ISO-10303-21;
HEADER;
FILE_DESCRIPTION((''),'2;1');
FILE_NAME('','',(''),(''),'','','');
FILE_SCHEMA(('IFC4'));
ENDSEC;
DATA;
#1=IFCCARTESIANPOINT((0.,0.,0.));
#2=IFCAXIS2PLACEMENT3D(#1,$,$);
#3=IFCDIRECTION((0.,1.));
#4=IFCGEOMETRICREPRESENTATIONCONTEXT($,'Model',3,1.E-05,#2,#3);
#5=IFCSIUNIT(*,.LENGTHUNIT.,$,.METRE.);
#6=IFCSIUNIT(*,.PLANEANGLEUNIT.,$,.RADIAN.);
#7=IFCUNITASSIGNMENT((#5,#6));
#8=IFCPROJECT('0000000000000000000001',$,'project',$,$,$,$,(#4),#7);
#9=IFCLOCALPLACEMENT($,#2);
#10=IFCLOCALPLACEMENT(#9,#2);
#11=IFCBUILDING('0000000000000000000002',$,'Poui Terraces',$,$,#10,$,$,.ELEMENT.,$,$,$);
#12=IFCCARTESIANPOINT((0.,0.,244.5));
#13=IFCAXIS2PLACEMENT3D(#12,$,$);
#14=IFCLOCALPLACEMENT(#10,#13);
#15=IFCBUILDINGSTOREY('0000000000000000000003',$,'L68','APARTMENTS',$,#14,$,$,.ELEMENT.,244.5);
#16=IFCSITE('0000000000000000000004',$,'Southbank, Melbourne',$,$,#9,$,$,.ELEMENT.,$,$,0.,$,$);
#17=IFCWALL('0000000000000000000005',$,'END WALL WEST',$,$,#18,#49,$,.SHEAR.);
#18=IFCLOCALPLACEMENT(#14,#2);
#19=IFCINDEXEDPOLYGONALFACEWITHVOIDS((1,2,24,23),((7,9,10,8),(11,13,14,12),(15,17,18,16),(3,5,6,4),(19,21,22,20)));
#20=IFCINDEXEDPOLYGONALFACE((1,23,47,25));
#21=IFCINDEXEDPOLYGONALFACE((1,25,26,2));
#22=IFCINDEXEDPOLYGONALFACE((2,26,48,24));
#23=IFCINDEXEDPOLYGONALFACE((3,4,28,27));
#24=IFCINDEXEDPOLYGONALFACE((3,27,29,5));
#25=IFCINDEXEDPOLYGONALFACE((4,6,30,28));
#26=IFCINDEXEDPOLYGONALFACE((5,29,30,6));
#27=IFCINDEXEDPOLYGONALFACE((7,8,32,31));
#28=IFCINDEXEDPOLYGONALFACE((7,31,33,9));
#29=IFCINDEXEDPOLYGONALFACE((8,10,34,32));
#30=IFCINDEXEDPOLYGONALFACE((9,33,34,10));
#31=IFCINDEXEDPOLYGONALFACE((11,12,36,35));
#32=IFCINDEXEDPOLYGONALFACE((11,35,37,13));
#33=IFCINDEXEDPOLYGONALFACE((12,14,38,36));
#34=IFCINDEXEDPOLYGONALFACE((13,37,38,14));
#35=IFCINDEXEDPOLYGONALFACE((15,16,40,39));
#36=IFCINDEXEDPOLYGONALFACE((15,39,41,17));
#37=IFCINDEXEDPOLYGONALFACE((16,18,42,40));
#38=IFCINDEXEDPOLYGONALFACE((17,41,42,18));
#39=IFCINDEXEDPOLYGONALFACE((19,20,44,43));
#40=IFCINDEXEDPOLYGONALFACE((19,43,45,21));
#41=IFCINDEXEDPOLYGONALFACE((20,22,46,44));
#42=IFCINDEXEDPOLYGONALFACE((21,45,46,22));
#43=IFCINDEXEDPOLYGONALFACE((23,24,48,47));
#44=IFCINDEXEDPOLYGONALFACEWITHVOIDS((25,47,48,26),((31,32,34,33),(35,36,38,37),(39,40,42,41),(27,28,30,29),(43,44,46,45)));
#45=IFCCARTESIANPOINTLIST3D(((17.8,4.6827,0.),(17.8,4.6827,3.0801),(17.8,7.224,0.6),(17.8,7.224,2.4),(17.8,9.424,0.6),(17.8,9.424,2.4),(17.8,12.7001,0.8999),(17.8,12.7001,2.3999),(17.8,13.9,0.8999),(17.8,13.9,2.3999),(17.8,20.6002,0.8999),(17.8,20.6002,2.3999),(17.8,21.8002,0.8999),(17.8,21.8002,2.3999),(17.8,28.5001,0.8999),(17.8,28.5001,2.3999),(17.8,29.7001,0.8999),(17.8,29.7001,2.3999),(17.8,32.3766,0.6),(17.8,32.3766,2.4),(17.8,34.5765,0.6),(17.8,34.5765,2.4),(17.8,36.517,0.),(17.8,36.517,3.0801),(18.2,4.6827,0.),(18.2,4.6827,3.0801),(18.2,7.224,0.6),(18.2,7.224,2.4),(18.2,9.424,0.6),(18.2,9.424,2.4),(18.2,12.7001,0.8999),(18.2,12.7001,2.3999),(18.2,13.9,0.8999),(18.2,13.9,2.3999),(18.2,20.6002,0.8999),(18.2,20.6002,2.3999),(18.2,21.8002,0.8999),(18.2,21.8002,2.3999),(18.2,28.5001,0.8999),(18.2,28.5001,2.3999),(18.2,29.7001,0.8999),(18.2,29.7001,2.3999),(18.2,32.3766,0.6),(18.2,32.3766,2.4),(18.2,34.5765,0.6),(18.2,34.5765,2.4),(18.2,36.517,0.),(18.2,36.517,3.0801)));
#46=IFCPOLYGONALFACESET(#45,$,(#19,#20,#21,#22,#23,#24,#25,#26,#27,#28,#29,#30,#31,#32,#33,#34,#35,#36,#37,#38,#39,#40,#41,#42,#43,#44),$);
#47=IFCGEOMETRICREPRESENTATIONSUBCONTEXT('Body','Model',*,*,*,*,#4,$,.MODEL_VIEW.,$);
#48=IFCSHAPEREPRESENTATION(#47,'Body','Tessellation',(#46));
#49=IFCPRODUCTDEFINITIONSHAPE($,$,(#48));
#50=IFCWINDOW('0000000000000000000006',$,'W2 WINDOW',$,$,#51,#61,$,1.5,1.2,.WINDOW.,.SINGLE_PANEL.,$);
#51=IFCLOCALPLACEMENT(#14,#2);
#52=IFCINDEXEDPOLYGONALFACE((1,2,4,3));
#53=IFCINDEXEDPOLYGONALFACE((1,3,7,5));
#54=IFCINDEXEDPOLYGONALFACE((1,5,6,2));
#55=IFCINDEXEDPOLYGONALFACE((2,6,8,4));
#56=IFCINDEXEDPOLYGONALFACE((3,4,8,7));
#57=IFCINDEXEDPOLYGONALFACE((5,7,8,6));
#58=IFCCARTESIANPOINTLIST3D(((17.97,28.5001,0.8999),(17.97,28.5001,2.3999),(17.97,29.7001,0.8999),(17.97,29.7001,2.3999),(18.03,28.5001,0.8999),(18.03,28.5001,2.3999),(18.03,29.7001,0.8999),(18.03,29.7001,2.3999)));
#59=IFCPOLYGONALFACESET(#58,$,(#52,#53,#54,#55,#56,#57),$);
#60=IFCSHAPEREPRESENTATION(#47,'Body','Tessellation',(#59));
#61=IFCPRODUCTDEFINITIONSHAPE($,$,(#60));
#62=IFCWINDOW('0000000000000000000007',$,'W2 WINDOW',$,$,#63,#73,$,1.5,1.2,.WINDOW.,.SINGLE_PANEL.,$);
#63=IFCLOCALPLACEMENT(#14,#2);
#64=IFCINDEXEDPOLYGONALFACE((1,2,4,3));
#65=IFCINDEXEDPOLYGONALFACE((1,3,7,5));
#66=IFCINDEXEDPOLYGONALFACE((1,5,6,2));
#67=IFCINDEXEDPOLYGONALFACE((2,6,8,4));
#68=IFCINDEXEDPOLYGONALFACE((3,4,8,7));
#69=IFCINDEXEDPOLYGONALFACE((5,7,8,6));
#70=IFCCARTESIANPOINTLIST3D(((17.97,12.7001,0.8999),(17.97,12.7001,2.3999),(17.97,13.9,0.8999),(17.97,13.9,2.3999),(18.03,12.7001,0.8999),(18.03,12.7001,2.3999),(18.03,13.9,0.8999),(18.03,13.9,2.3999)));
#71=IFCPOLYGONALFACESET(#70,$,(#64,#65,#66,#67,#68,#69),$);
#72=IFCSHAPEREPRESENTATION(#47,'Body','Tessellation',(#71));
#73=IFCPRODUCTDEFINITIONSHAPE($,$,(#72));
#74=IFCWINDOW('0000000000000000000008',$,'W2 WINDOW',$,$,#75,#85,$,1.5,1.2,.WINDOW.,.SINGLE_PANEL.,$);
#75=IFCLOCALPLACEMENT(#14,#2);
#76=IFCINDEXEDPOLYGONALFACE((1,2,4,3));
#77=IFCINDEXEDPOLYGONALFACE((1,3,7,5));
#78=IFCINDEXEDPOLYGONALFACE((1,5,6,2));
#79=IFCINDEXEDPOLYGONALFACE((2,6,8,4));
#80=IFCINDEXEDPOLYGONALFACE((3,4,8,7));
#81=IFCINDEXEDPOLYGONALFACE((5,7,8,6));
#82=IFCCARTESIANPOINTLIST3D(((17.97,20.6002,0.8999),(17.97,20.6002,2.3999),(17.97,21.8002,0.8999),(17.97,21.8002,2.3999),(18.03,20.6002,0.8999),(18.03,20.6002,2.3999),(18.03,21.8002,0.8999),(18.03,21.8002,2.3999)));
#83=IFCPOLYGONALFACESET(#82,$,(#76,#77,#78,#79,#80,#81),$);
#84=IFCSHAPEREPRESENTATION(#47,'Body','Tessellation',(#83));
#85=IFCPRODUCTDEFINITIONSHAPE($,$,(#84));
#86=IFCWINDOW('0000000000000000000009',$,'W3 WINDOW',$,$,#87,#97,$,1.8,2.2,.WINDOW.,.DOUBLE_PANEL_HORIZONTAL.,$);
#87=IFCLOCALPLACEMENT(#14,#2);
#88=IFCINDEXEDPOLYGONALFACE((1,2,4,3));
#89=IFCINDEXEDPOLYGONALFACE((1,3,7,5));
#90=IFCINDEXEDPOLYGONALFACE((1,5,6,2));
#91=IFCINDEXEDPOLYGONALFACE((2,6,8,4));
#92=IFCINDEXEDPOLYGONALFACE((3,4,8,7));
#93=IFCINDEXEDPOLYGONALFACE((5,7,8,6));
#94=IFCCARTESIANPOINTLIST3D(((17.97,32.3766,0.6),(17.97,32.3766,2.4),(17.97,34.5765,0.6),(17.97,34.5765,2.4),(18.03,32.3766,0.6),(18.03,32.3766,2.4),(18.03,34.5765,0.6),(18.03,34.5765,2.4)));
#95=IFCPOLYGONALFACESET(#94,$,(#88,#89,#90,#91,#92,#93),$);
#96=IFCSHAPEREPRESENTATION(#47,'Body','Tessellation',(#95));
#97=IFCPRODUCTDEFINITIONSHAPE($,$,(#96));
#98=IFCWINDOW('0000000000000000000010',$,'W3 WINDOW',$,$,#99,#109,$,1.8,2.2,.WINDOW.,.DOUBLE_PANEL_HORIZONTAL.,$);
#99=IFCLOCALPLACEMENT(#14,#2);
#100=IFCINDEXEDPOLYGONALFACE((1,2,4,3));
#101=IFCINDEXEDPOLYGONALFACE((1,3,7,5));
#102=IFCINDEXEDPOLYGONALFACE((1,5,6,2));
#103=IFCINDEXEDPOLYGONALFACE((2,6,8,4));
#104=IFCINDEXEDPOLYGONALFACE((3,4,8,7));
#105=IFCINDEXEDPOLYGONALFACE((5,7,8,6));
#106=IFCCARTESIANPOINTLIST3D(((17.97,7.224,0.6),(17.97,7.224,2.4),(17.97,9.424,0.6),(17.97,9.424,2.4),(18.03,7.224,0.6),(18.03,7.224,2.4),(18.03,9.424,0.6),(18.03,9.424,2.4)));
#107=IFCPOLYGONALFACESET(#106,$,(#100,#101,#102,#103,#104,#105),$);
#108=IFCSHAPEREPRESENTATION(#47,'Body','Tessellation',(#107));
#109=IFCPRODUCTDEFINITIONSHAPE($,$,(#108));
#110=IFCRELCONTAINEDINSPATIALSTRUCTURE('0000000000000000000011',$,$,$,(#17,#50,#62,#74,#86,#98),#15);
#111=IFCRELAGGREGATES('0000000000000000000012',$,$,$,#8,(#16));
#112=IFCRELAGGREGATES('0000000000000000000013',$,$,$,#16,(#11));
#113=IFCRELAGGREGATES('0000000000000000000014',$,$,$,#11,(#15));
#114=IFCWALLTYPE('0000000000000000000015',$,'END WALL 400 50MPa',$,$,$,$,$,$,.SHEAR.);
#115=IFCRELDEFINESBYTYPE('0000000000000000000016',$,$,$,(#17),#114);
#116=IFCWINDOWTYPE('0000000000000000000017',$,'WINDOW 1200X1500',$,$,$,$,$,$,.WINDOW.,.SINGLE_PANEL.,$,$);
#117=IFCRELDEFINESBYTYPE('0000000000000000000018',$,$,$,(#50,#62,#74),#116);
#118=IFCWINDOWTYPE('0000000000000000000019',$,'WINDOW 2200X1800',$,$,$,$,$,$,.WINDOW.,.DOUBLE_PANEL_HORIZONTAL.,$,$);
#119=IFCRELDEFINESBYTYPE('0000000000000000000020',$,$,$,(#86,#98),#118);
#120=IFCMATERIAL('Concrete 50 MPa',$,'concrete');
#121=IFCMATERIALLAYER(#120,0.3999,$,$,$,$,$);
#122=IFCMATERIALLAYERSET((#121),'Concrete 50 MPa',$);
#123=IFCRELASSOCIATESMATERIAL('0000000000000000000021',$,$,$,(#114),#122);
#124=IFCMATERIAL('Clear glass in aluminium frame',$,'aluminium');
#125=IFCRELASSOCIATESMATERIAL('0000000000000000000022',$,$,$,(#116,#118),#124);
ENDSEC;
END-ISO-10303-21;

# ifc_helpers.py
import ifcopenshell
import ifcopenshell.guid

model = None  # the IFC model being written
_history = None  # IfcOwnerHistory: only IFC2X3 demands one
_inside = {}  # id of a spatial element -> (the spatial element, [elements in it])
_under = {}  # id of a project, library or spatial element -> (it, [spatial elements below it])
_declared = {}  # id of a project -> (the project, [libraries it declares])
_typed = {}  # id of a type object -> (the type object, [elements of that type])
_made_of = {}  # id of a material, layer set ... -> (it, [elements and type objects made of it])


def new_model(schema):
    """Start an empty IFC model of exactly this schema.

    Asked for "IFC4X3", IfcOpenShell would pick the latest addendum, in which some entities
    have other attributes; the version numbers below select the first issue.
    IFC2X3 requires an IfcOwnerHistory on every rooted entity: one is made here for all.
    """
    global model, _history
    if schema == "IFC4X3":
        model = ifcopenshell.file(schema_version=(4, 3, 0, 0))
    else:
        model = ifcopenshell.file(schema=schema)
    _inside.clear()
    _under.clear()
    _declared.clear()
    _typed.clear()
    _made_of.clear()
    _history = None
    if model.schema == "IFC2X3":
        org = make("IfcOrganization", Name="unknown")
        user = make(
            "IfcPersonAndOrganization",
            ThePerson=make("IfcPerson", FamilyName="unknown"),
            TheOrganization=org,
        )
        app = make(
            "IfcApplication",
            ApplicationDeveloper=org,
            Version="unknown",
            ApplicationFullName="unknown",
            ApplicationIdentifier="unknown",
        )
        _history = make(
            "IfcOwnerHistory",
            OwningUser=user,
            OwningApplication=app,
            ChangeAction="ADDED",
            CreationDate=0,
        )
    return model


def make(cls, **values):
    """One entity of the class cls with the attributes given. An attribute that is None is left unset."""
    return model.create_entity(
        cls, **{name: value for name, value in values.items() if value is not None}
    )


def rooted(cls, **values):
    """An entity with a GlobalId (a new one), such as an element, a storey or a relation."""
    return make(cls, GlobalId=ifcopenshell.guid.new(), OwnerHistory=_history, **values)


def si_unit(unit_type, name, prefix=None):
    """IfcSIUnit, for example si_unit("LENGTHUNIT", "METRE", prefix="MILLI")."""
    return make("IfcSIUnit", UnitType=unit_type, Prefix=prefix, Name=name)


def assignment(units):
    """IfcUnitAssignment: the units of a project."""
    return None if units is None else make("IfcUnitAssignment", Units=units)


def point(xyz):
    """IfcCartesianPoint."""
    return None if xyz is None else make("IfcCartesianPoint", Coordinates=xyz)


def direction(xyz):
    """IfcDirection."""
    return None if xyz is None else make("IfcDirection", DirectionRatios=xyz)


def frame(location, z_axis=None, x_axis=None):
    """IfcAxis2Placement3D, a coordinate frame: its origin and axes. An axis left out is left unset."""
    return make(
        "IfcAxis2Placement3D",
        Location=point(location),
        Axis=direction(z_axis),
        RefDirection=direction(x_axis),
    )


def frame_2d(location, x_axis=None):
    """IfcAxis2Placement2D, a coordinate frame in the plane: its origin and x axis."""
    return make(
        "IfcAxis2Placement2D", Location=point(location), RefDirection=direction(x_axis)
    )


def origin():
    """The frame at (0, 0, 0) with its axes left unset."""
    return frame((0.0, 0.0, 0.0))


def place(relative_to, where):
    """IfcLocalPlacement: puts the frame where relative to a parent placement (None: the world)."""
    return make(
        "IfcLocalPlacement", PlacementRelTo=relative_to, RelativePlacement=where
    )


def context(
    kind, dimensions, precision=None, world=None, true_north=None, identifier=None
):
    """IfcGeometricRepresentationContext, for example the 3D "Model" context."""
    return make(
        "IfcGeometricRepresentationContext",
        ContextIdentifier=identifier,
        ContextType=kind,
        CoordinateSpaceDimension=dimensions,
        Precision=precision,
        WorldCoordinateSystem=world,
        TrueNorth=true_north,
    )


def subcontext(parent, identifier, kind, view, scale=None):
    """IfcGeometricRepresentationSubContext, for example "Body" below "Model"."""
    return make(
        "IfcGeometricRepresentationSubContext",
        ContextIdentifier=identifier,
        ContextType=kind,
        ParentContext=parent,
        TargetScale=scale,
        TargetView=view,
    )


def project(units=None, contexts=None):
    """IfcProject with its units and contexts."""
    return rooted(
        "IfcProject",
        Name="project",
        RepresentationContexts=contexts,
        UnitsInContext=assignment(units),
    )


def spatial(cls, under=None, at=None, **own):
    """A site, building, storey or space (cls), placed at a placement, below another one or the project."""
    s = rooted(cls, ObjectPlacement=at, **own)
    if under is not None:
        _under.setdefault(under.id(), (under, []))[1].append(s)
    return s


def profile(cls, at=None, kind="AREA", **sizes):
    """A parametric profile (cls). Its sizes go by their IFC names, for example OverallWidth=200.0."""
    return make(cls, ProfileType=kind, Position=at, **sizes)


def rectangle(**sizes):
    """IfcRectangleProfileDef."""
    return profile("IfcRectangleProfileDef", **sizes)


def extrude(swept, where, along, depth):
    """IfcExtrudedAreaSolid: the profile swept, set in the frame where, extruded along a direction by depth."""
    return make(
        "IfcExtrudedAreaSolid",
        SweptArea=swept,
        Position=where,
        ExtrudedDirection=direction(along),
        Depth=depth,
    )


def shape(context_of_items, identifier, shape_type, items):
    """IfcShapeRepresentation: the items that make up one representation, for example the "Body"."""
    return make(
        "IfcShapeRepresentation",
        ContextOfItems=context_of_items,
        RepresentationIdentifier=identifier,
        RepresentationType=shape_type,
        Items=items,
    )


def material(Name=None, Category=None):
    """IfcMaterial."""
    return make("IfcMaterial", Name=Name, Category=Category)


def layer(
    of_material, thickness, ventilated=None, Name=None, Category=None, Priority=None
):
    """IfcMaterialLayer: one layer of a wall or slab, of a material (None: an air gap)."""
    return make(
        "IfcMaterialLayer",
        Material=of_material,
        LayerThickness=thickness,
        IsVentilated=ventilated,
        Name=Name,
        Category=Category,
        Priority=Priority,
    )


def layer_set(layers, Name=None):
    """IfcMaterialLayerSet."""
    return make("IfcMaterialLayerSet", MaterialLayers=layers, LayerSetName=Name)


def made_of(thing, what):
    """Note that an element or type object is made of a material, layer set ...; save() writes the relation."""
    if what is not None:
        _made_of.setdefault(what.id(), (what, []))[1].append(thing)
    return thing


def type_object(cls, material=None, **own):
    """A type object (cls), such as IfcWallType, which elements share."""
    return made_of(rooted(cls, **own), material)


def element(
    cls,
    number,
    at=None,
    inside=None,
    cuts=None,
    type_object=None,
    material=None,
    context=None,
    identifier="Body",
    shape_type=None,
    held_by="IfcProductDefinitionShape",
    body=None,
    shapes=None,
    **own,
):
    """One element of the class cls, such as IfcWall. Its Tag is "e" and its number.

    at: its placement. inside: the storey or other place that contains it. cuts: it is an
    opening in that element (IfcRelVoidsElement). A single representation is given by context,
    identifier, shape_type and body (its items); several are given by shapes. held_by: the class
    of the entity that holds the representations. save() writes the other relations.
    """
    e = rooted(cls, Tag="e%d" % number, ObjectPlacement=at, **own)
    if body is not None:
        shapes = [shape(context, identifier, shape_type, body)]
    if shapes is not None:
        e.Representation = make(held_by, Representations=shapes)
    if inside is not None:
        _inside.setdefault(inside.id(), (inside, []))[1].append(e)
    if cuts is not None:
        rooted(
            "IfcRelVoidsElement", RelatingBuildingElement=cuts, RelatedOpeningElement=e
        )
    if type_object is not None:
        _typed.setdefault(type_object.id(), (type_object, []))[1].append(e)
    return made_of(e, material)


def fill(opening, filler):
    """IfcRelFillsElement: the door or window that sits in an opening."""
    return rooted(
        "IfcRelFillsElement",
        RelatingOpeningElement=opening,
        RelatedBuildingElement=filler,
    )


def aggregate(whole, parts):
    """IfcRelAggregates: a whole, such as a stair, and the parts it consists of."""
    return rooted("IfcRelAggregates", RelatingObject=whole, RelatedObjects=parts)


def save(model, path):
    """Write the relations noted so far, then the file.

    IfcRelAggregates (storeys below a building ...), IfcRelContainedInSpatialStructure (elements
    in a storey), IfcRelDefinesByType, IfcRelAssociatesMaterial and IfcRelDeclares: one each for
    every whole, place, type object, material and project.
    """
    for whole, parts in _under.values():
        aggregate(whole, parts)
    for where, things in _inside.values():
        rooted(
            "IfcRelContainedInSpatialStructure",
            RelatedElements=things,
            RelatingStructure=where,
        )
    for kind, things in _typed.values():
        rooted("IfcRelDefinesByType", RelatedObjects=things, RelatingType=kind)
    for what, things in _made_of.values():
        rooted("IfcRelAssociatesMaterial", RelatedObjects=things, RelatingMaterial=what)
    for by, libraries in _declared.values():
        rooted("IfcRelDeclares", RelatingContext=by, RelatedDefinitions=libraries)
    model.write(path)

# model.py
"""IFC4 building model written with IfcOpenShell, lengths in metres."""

from ifc_helpers import new_model, si_unit, direction, frame, frame_2d, origin, place, context, subcontext, project, spatial, rectangle, extrude, material, layer, layer_set, type_object, element, fill, save


model = new_model("IFC4")

# Units and contexts
model_context = context("Model", 3, precision=1e-05, world=origin(), true_north=direction((0.0, 1.0)))
body_context = subcontext(model_context, "Body", "Model", "MODEL_VIEW")
ifc_project = project(units=[si_unit("LENGTHUNIT", "METRE"), si_unit("PLANEANGLEUNIT", "RADIAN")], contexts=[model_context])

# Site, building, storey
site_placement = place(None, origin())
site = spatial("IfcSite", under=ifc_project, at=site_placement, Name="Southbank, Melbourne", CompositionType="ELEMENT", RefElevation=0.0)
building_placement = place(site_placement, origin())
building = spatial("IfcBuilding", under=site, at=building_placement, Name="Poui Terraces", CompositionType="ELEMENT")
storey_placement = place(building_placement, frame((0.0, 0.0, 244.5)))
storey = spatial("IfcBuildingStorey", under=building, at=storey_placement, Name="L68", Description="APARTMENTS", CompositionType="ELEMENT", Elevation=244.5)

# Wall, openings, windows
ifc_material_1 = material(Name="Concrete 50 MPa", Category="concrete")
ifc_layer = layer(ifc_material_1, 0.3999)
ifc_layer_set = layer_set([ifc_layer], Name="Concrete 50 MPa")
wall_type = type_object("IfcWallType", Name="END WALL 400 50MPa", PredefinedType="SHEAR", material=ifc_layer_set)
wall_placement = place(storey_placement, frame((18.0, 4.6829, 0.0), z_axis=(0.0, 0.0, 1.0), x_axis=(0.0, 1.0, 0.0)))
wall = element("IfcWall", 1, at=wall_placement, inside=storey, type_object=wall_type, Name="END WALL WEST", PredefinedType="SHEAR", context=body_context, shape_type="SweptSolid", body=[
    extrude(rectangle(XDim=31.8342, YDim=0.3999, at=frame_2d((15.917, 0.0))), origin(), (0.0, 0.0, 1.0), 3.0801),
])
opening_1_placement = place(wall_placement, frame((23.8171, 0.0, 0.8999)))
opening_1 = element("IfcOpeningElement", 2, at=opening_1_placement, cuts=wall, PredefinedType="OPENING", context=body_context, shape_type="SweptSolid", body=[
    extrude(rectangle(XDim=1.2, YDim=1.5, at=frame_2d((0.6001, 0.75))), frame((0.0, 0.21, 0.0), z_axis=(0.0, -1.0, 0.0), x_axis=(1.0, 0.0, 0.0)), (0.0, 0.0, 1.0), 0.4199),
])
opening_2_placement = place(wall_placement, frame((8.0171, 0.0, 0.8999)))
opening_2 = element("IfcOpeningElement", 3, at=opening_2_placement, cuts=wall, PredefinedType="OPENING", context=body_context, shape_type="SweptSolid", body=[
    extrude(rectangle(XDim=1.2, YDim=1.5, at=frame_2d((0.6001, 0.75))), frame((0.0, 0.21, 0.0), z_axis=(0.0, -1.0, 0.0), x_axis=(1.0, 0.0, 0.0)), (0.0, 0.0, 1.0), 0.4199),
])
opening_3_placement = place(wall_placement, frame((27.6936, 0.0, 0.6001)))
opening_3 = element("IfcOpeningElement", 4, at=opening_3_placement, cuts=wall, PredefinedType="OPENING", context=body_context, shape_type="SweptSolid", body=[
    extrude(rectangle(XDim=2.2, YDim=1.8, at=frame_2d((1.1001, 0.8999))), frame((0.0, 0.21, 0.0), z_axis=(0.0, -1.0, 0.0), x_axis=(1.0, 0.0, 0.0)), (0.0, 0.0, 1.0), 0.4199),
])
opening_4_placement = place(wall_placement, frame((2.541, 0.0, 0.6001)))
opening_4 = element("IfcOpeningElement", 5, at=opening_4_placement, cuts=wall, PredefinedType="OPENING", context=body_context, shape_type="SweptSolid", body=[
    extrude(rectangle(XDim=2.2, YDim=1.8, at=frame_2d((1.1001, 0.8999))), frame((0.0, 0.21, 0.0), z_axis=(0.0, -1.0, 0.0), x_axis=(1.0, 0.0, 0.0)), (0.0, 0.0, 1.0), 0.4199),
])
opening_5_placement = place(wall_placement, frame((15.9172, 0.0, 0.8999)))
opening_5 = element("IfcOpeningElement", 6, at=opening_5_placement, cuts=wall, PredefinedType="OPENING", context=body_context, shape_type="SweptSolid", body=[
    extrude(rectangle(XDim=1.2, YDim=1.5, at=frame_2d((0.6001, 0.75))), frame((0.0, 0.21, 0.0), z_axis=(0.0, -1.0, 0.0), x_axis=(1.0, 0.0, 0.0)), (0.0, 0.0, 1.0), 0.4199),
])
ifc_material_2 = material(Name="Clear glass in aluminium frame", Category="aluminium")
window_type_1 = type_object("IfcWindowType", Name="WINDOW 1200X1500", PartitioningType="SINGLE_PANEL", PredefinedType="WINDOW", material=ifc_material_2)
window_1_placement = place(opening_1_placement, origin())
window_1 = element("IfcWindow", 7, at=window_1_placement, inside=storey, type_object=window_type_1, Name="W2 WINDOW", OverallHeight=1.5, OverallWidth=1.2, PartitioningType="SINGLE_PANEL", PredefinedType="WINDOW", context=body_context, shape_type="SweptSolid", body=[
    extrude(rectangle(XDim=1.2, YDim=1.5, at=frame_2d((0.6001, 0.75))), frame((0.0, 0.03, 0.0), z_axis=(0.0, -1.0, 0.0), x_axis=(1.0, 0.0, 0.0)), (0.0, 0.0, 1.0), 0.0601),
])
fill(opening_1, window_1)
window_2_placement = place(opening_2_placement, origin())
window_2 = element("IfcWindow", 8, at=window_2_placement, inside=storey, type_object=window_type_1, Name="W2 WINDOW", OverallHeight=1.5, OverallWidth=1.2, PartitioningType="SINGLE_PANEL", PredefinedType="WINDOW", context=body_context, shape_type="SweptSolid", body=[
    extrude(rectangle(XDim=1.2, YDim=1.5, at=frame_2d((0.6001, 0.75))), frame((0.0, 0.03, 0.0), z_axis=(0.0, -1.0, 0.0), x_axis=(1.0, 0.0, 0.0)), (0.0, 0.0, 1.0), 0.0601),
])
fill(opening_2, window_2)
window_3_placement = place(opening_5_placement, origin())
window_3 = element("IfcWindow", 9, at=window_3_placement, inside=storey, type_object=window_type_1, Name="W2 WINDOW", OverallHeight=1.5, OverallWidth=1.2, PartitioningType="SINGLE_PANEL", PredefinedType="WINDOW", context=body_context, shape_type="SweptSolid", body=[
    extrude(rectangle(XDim=1.2, YDim=1.5, at=frame_2d((0.6001, 0.75))), frame((0.0, 0.03, 0.0), z_axis=(0.0, -1.0, 0.0), x_axis=(1.0, 0.0, 0.0)), (0.0, 0.0, 1.0), 0.0601),
])
fill(opening_5, window_3)
window_type_2 = type_object("IfcWindowType", Name="WINDOW 2200X1800", PartitioningType="DOUBLE_PANEL_HORIZONTAL", PredefinedType="WINDOW", material=ifc_material_2)
window_4_placement = place(opening_3_placement, origin())
window_4 = element("IfcWindow", 10, at=window_4_placement, inside=storey, type_object=window_type_2, Name="W3 WINDOW", OverallHeight=1.8, OverallWidth=2.2, PartitioningType="DOUBLE_PANEL_HORIZONTAL", PredefinedType="WINDOW", context=body_context, shape_type="SweptSolid", body=[
    extrude(rectangle(XDim=2.2, YDim=1.8, at=frame_2d((1.1001, 0.8999))), frame((0.0, 0.03, 0.0), z_axis=(0.0, -1.0, 0.0), x_axis=(1.0, 0.0, 0.0)), (0.0, 0.0, 1.0), 0.0601),
])
fill(opening_3, window_4)
window_5_placement = place(opening_4_placement, origin())
window_5 = element("IfcWindow", 11, at=window_5_placement, inside=storey, type_object=window_type_2, Name="W3 WINDOW", OverallHeight=1.8, OverallWidth=2.2, PartitioningType="DOUBLE_PANEL_HORIZONTAL", PredefinedType="WINDOW", context=body_context, shape_type="SweptSolid", body=[
    extrude(rectangle(XDim=2.2, YDim=1.8, at=frame_2d((1.1001, 0.8999))), frame((0.0, 0.03, 0.0), z_axis=(0.0, -1.0, 0.0), x_axis=(1.0, 0.0, 0.0)), (0.0, 0.0, 1.0), 0.0601),
])
fill(opening_4, window_5)

save(model, "model.ifc")
